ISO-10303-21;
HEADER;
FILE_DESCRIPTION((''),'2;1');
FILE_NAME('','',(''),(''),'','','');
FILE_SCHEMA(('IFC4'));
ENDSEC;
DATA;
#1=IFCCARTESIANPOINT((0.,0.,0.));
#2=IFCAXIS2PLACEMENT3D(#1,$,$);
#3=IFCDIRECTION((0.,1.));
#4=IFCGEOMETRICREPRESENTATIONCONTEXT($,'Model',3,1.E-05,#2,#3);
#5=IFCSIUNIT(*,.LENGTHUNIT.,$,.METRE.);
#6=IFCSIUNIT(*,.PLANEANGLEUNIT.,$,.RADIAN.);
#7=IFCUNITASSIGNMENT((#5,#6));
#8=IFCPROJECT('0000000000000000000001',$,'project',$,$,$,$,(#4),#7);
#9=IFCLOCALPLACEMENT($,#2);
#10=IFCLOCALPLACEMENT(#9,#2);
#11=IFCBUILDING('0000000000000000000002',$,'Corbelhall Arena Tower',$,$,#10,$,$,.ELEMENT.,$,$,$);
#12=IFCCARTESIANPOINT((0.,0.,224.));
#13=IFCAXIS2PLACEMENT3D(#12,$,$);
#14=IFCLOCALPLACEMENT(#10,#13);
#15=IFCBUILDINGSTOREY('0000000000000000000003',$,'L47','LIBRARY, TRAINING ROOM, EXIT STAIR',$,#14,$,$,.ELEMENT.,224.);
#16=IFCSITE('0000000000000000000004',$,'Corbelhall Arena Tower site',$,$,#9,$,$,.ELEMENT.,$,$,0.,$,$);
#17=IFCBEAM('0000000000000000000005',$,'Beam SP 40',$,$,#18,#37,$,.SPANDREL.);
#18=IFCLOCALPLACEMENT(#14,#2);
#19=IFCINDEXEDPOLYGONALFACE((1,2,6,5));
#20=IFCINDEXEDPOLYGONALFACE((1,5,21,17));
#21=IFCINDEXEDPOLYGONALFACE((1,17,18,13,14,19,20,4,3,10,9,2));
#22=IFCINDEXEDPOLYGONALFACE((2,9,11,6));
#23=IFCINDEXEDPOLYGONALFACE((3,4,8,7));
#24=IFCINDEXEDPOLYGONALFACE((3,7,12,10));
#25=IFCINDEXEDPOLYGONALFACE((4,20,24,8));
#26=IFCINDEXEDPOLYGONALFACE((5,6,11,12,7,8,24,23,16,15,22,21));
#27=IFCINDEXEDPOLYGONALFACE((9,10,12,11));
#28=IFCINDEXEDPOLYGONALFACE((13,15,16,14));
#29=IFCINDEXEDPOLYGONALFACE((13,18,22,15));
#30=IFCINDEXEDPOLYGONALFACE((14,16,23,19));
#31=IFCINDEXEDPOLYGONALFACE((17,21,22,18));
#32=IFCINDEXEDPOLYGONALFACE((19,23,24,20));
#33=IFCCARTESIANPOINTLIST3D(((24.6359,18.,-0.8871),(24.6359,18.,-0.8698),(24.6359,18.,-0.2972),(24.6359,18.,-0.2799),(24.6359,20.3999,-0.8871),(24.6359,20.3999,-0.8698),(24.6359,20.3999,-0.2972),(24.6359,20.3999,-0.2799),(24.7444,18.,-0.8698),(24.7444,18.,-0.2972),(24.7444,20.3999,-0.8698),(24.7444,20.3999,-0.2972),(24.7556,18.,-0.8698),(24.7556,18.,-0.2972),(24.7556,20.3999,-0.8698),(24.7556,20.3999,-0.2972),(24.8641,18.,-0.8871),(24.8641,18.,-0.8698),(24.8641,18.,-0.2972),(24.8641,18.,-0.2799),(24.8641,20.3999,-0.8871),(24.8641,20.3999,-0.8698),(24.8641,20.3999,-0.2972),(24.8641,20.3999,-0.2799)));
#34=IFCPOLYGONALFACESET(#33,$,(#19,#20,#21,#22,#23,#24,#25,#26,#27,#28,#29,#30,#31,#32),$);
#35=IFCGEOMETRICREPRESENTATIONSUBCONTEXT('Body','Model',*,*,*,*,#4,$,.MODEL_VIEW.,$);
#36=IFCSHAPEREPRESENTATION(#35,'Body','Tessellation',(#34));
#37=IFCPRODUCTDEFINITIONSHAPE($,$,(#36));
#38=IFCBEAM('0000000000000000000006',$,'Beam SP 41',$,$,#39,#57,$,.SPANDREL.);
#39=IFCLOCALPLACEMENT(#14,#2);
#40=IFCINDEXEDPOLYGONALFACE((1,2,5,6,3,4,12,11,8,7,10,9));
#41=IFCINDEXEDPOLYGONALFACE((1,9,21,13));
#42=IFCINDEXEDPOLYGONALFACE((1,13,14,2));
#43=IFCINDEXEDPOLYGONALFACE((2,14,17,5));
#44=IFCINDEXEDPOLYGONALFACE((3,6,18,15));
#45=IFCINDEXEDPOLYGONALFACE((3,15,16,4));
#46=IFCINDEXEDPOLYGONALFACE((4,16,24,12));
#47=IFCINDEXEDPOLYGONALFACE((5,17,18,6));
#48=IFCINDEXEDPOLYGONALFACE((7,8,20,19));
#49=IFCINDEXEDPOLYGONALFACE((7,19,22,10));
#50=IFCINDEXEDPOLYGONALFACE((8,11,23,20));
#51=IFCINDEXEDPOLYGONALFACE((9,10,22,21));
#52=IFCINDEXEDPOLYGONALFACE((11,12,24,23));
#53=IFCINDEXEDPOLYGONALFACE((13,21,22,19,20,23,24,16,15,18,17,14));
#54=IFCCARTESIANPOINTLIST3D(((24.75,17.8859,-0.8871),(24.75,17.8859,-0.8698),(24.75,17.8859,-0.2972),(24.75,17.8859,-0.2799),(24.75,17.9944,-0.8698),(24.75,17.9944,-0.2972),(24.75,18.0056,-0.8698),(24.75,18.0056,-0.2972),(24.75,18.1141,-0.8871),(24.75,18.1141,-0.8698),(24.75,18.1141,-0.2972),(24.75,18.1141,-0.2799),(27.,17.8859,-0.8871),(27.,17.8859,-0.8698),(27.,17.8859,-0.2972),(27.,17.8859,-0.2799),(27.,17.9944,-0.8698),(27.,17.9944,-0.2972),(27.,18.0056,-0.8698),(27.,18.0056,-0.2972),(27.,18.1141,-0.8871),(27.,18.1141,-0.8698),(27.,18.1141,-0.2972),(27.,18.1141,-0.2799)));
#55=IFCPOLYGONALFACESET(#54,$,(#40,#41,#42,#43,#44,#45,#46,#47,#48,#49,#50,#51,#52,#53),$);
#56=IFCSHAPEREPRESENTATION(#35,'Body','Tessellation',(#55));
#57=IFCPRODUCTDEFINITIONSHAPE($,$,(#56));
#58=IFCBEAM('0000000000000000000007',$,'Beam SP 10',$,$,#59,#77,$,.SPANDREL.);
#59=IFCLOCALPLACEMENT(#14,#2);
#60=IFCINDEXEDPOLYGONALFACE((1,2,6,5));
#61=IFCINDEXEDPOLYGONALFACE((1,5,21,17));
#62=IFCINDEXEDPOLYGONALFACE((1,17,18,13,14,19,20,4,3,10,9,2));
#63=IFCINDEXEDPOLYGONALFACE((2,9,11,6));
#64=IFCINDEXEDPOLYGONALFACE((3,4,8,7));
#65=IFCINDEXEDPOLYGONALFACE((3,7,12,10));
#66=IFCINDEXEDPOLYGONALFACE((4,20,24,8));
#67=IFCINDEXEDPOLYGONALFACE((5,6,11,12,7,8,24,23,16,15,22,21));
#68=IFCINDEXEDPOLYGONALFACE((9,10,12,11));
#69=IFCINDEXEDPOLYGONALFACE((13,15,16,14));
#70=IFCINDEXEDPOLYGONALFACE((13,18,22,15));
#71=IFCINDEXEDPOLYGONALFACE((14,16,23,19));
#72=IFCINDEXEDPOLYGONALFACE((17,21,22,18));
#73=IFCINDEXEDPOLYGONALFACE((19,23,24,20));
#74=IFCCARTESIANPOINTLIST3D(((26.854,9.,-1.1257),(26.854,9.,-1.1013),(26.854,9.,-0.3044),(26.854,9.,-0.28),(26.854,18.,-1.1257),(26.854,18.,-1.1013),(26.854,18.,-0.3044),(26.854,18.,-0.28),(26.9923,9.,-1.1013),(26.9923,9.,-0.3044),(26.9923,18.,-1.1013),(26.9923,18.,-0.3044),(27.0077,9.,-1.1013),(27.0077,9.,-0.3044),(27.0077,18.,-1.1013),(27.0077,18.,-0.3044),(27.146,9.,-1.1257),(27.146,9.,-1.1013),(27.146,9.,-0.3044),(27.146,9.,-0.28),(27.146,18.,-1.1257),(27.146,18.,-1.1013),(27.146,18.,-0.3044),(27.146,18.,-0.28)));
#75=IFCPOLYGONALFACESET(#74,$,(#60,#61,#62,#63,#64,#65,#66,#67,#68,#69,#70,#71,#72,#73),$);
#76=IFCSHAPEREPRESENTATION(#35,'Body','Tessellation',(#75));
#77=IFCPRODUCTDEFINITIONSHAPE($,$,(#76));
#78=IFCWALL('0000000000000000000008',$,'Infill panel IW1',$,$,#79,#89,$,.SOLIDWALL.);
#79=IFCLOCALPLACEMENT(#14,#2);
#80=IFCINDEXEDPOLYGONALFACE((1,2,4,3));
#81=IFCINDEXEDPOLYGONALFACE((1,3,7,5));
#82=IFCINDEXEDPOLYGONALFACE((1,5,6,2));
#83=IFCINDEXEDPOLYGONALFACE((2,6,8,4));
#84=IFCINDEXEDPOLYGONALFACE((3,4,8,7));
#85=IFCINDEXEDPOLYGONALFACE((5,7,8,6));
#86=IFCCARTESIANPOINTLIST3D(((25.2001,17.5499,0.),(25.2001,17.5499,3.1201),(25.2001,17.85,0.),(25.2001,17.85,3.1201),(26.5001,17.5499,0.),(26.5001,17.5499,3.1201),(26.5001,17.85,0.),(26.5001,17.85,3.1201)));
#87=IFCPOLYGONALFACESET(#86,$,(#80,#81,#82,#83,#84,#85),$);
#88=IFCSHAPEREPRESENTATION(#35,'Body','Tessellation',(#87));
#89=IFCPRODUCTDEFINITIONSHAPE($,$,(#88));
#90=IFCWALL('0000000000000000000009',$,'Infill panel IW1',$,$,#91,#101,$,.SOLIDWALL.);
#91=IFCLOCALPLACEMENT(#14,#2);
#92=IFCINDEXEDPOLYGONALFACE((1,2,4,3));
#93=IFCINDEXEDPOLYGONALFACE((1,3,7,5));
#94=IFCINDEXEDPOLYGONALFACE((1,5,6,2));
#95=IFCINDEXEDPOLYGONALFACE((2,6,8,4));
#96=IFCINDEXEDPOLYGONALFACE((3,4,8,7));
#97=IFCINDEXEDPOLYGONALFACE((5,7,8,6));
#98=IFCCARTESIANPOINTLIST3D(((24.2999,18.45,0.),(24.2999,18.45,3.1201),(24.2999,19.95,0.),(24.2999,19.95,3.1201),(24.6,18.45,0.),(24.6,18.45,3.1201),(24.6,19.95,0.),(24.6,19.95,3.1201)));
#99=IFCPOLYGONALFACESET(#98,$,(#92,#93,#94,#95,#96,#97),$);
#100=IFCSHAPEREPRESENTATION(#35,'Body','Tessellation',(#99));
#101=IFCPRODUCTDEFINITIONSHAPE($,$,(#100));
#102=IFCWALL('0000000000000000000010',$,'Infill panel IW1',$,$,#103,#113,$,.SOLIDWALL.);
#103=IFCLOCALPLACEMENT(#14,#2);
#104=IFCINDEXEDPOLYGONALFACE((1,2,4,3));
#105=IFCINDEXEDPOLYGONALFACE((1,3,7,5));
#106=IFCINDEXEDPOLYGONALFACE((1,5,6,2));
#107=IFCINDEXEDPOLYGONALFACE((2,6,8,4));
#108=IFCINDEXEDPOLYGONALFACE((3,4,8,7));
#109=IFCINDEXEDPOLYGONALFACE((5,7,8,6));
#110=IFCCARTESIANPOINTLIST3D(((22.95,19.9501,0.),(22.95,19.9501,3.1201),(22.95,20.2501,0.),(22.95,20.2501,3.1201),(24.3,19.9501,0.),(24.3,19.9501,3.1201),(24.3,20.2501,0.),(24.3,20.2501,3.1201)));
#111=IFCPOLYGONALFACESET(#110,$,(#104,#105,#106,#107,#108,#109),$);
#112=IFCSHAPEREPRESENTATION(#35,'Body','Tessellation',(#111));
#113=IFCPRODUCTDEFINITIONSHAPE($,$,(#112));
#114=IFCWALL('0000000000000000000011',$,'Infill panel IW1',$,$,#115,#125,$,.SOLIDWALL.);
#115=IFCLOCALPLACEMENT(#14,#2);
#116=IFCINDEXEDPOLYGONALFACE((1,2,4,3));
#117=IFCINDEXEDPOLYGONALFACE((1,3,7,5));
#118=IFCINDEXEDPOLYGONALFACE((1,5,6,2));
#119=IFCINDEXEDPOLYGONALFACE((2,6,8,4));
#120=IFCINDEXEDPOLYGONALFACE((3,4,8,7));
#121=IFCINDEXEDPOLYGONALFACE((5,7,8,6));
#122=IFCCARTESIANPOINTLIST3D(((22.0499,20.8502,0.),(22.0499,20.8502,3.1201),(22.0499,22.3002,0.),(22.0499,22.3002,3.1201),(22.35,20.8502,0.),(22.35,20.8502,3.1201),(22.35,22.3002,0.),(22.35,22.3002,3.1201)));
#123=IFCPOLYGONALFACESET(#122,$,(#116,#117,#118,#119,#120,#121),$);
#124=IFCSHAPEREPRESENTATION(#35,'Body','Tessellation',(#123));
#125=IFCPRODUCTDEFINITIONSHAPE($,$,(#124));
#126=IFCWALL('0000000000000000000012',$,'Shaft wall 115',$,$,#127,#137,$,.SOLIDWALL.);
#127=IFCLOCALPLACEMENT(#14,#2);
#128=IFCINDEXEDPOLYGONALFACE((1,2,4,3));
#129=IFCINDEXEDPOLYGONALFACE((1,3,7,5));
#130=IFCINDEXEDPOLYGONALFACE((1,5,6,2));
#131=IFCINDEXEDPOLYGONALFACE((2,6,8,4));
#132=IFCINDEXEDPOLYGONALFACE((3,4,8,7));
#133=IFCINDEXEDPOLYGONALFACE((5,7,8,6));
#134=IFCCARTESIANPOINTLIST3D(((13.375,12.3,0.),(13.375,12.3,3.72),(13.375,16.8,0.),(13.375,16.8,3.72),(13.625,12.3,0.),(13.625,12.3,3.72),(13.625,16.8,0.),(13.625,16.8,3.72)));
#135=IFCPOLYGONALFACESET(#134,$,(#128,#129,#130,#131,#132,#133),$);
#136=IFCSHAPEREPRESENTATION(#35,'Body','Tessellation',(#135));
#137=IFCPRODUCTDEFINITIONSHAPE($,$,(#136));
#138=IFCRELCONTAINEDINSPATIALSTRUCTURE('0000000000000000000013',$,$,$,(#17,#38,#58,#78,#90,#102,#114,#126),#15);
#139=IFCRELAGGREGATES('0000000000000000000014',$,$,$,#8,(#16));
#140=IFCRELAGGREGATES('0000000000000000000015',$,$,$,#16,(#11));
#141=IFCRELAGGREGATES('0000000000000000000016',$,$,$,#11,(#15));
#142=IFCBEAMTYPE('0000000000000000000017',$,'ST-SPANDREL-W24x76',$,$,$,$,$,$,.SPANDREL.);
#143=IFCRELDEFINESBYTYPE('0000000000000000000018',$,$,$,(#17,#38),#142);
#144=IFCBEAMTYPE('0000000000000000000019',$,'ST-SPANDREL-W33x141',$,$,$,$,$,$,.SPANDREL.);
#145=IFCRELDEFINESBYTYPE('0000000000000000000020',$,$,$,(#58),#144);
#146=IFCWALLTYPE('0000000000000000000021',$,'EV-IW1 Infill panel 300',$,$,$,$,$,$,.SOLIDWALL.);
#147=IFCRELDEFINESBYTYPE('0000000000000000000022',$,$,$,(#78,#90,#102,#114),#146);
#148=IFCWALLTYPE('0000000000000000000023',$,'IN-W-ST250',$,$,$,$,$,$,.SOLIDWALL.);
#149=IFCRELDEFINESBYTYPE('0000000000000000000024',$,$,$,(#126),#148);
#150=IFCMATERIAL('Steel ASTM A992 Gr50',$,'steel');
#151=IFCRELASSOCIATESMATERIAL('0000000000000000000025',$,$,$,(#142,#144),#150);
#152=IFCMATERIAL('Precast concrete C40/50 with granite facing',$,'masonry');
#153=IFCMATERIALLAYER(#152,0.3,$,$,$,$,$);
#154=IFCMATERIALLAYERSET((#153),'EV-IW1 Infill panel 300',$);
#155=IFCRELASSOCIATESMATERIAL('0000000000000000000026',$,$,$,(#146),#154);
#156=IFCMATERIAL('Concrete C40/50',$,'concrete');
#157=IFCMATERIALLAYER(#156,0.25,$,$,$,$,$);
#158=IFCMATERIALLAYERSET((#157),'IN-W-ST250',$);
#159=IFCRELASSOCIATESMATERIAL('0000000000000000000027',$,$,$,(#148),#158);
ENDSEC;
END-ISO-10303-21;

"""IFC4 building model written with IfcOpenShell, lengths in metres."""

from ifc_helpers import new_model, si_unit, direction, frame, frame_2d, origin, origin_2d, place, context, subcontext, project, spatial, rectangle, i_section, extrude, material, layer, layer_set, material_profile, profile_set, type_object, element, save


model = new_model("IFC4")

# Units and contexts
model_context = context("Model", 3, precision=1e-05, world=origin(), true_north=direction((0.0, 1.0)))
body_context = subcontext(model_context, "Body", "Model", "MODEL_VIEW")
ifc_project = project(units=[si_unit("LENGTHUNIT", "METRE"), si_unit("PLANEANGLEUNIT", "RADIAN")], contexts=[model_context])

# Site, building, storey
site_placement = place(None, origin())
site = spatial("IfcSite", under=ifc_project, at=site_placement, Name="Corbelhall Arena Tower site", CompositionType="ELEMENT", RefElevation=0.0)
building_placement = place(site_placement, origin())
building = spatial("IfcBuilding", under=site, at=building_placement, Name="Corbelhall Arena Tower", CompositionType="ELEMENT")
storey_placement = place(building_placement, frame((0.0, 0.0, 224.0)))
storey = spatial("IfcBuildingStorey", under=building, at=storey_placement, Name="L47", Description="LIBRARY, TRAINING ROOM, EXIT STAIR", CompositionType="ELEMENT", Elevation=224.0)

# Beams
ifc_material_1 = material(Name="Steel ASTM A992 Gr50", Category="steel")
ifc_material_profile_1 = material_profile(ifc_material_1, i_section(OverallWidth=0.2283, OverallDepth=0.6072, WebThickness=0.0112, FlangeThickness=0.0173, at=origin_2d()))
ifc_profile_set_1 = profile_set([ifc_material_profile_1], Name="Steel ASTM A992 Gr50")
beam_type_1 = type_object("IfcBeamType", Name="ST-SPANDREL-W24x76", PredefinedType="SPANDREL", material=ifc_profile_set_1)
beam_1_placement = place(storey_placement, frame((24.75, 20.3999, -0.5835), z_axis=(0.0, -1.0, 0.0), x_axis=(1.0, 0.0, 0.0)))
element("IfcBeam", 1, at=beam_1_placement, inside=storey, type_object=beam_type_1, Name="Beam SP 40", PredefinedType="SPANDREL", context=body_context, shape_type="SweptSolid", body=[
    extrude(i_section(OverallWidth=0.2283, OverallDepth=0.6072, WebThickness=0.0112, FlangeThickness=0.0173, at=origin_2d()), origin(), (0.0, 0.0, 1.0), 2.3999),
])
beam_2_placement = place(storey_placement, frame((24.75, 18.0, -0.5835), z_axis=(1.0, 0.0, 0.0), x_axis=(0.0, 1.0, 0.0)))
element("IfcBeam", 2, at=beam_2_placement, inside=storey, type_object=beam_type_1, Name="Beam SP 41", PredefinedType="SPANDREL", context=body_context, shape_type="SweptSolid", body=[
    extrude(i_section(OverallWidth=0.2283, OverallDepth=0.6072, WebThickness=0.0112, FlangeThickness=0.0173, at=origin_2d()), origin(), (0.0, 0.0, 1.0), 2.25),
])
ifc_material_profile_2 = material_profile(ifc_material_1, i_section(OverallWidth=0.292, OverallDepth=0.8457, WebThickness=0.0154, FlangeThickness=0.0244, at=origin_2d()))
ifc_profile_set_2 = profile_set([ifc_material_profile_2], Name="Steel ASTM A992 Gr50")
beam_type_2 = type_object("IfcBeamType", Name="ST-SPANDREL-W33x141", PredefinedType="SPANDREL", material=ifc_profile_set_2)
beam_3_placement = place(storey_placement, frame((27.0, 18.0, -0.7029), z_axis=(0.0, -1.0, 0.0), x_axis=(1.0, 0.0, 0.0)))
element("IfcBeam", 3, at=beam_3_placement, inside=storey, type_object=beam_type_2, Name="Beam SP 10", PredefinedType="SPANDREL", context=body_context, shape_type="SweptSolid", body=[
    extrude(i_section(OverallWidth=0.292, OverallDepth=0.8457, WebThickness=0.0154, FlangeThickness=0.0244, at=origin_2d()), origin(), (0.0, 0.0, 1.0), 9.0),
])

# Walls
ifc_material_2 = material(Name="Precast concrete C40/50 with granite facing", Category="masonry")
ifc_layer_1 = layer(ifc_material_2, 0.3)
ifc_layer_set_1 = layer_set([ifc_layer_1], Name="EV-IW1 Infill panel 300")
wall_type_1 = type_object("IfcWallType", Name="EV-IW1 Infill panel 300", PredefinedType="SOLIDWALL", material=ifc_layer_set_1)
wall_1_placement = place(storey_placement, frame((26.5, 17.7, 0.0), z_axis=(0.0, 0.0, 1.0), x_axis=(-1.0, 0.0, 0.0)))
element("IfcWall", 4, at=wall_1_placement, inside=storey, type_object=wall_type_1, Name="Infill panel IW1", PredefinedType="SOLIDWALL", context=body_context, shape_type="SweptSolid", body=[
    extrude(rectangle(XDim=1.3, YDim=0.3, at=frame_2d((0.6499, 0.0))), origin(), (0.0, 0.0, 1.0), 3.1201),
])
wall_2_placement = place(storey_placement, frame((24.45, 18.45, 0.0), z_axis=(0.0, 0.0, 1.0), x_axis=(0.0, 1.0, 0.0)))
element("IfcWall", 5, at=wall_2_placement, inside=storey, type_object=wall_type_1, Name="Infill panel IW1", PredefinedType="SOLIDWALL", context=body_context, shape_type="SweptSolid", body=[
    extrude(rectangle(XDim=1.5, YDim=0.3, at=frame_2d((0.75, 0.0))), origin(), (0.0, 0.0, 1.0), 3.1201),
])
wall_3_placement = place(storey_placement, frame((24.3, 20.1001, 0.0), z_axis=(0.0, 0.0, 1.0), x_axis=(-1.0, 0.0, 0.0)))
element("IfcWall", 6, at=wall_3_placement, inside=storey, type_object=wall_type_1, Name="Infill panel IW1", PredefinedType="SOLIDWALL", context=body_context, shape_type="SweptSolid", body=[
    extrude(rectangle(XDim=1.3501, YDim=0.3, at=frame_2d((0.675, 0.0))), origin(), (0.0, 0.0, 1.0), 3.1201),
])
wall_4_placement = place(storey_placement, frame((22.2, 20.8501, 0.0), z_axis=(0.0, 0.0, 1.0), x_axis=(0.0, 1.0, 0.0)))
element("IfcWall", 7, at=wall_4_placement, inside=storey, type_object=wall_type_1, Name="Infill panel IW1", PredefinedType="SOLIDWALL", context=body_context, shape_type="SweptSolid", body=[
    extrude(rectangle(XDim=1.45, YDim=0.3, at=frame_2d((0.7251, 0.0))), origin(), (0.0, 0.0, 1.0), 3.1201),
])

# Wall
ifc_material_3 = material(Name="Concrete C40/50", Category="concrete")
ifc_layer_2 = layer(ifc_material_3, 0.25)
ifc_layer_set_2 = layer_set([ifc_layer_2], Name="IN-W-ST250")
wall_type_2 = type_object("IfcWallType", Name="IN-W-ST250", PredefinedType="SOLIDWALL", material=ifc_layer_set_2)
wall_5_placement = place(storey_placement, frame((13.5, 16.8, 0.0), z_axis=(0.0, 0.0, 1.0), x_axis=(0.0, -1.0, 0.0)))
element("IfcWall", 8, at=wall_5_placement, inside=storey, type_object=wall_type_2, Name="Shaft wall 115", PredefinedType="SOLIDWALL", context=body_context, shape_type="SweptSolid", body=[
    extrude(rectangle(XDim=4.5, YDim=0.25, at=frame_2d((2.25, 0.0))), origin(), (0.0, 0.0, 1.0), 3.72),
])

save(model, "model.ifc")
